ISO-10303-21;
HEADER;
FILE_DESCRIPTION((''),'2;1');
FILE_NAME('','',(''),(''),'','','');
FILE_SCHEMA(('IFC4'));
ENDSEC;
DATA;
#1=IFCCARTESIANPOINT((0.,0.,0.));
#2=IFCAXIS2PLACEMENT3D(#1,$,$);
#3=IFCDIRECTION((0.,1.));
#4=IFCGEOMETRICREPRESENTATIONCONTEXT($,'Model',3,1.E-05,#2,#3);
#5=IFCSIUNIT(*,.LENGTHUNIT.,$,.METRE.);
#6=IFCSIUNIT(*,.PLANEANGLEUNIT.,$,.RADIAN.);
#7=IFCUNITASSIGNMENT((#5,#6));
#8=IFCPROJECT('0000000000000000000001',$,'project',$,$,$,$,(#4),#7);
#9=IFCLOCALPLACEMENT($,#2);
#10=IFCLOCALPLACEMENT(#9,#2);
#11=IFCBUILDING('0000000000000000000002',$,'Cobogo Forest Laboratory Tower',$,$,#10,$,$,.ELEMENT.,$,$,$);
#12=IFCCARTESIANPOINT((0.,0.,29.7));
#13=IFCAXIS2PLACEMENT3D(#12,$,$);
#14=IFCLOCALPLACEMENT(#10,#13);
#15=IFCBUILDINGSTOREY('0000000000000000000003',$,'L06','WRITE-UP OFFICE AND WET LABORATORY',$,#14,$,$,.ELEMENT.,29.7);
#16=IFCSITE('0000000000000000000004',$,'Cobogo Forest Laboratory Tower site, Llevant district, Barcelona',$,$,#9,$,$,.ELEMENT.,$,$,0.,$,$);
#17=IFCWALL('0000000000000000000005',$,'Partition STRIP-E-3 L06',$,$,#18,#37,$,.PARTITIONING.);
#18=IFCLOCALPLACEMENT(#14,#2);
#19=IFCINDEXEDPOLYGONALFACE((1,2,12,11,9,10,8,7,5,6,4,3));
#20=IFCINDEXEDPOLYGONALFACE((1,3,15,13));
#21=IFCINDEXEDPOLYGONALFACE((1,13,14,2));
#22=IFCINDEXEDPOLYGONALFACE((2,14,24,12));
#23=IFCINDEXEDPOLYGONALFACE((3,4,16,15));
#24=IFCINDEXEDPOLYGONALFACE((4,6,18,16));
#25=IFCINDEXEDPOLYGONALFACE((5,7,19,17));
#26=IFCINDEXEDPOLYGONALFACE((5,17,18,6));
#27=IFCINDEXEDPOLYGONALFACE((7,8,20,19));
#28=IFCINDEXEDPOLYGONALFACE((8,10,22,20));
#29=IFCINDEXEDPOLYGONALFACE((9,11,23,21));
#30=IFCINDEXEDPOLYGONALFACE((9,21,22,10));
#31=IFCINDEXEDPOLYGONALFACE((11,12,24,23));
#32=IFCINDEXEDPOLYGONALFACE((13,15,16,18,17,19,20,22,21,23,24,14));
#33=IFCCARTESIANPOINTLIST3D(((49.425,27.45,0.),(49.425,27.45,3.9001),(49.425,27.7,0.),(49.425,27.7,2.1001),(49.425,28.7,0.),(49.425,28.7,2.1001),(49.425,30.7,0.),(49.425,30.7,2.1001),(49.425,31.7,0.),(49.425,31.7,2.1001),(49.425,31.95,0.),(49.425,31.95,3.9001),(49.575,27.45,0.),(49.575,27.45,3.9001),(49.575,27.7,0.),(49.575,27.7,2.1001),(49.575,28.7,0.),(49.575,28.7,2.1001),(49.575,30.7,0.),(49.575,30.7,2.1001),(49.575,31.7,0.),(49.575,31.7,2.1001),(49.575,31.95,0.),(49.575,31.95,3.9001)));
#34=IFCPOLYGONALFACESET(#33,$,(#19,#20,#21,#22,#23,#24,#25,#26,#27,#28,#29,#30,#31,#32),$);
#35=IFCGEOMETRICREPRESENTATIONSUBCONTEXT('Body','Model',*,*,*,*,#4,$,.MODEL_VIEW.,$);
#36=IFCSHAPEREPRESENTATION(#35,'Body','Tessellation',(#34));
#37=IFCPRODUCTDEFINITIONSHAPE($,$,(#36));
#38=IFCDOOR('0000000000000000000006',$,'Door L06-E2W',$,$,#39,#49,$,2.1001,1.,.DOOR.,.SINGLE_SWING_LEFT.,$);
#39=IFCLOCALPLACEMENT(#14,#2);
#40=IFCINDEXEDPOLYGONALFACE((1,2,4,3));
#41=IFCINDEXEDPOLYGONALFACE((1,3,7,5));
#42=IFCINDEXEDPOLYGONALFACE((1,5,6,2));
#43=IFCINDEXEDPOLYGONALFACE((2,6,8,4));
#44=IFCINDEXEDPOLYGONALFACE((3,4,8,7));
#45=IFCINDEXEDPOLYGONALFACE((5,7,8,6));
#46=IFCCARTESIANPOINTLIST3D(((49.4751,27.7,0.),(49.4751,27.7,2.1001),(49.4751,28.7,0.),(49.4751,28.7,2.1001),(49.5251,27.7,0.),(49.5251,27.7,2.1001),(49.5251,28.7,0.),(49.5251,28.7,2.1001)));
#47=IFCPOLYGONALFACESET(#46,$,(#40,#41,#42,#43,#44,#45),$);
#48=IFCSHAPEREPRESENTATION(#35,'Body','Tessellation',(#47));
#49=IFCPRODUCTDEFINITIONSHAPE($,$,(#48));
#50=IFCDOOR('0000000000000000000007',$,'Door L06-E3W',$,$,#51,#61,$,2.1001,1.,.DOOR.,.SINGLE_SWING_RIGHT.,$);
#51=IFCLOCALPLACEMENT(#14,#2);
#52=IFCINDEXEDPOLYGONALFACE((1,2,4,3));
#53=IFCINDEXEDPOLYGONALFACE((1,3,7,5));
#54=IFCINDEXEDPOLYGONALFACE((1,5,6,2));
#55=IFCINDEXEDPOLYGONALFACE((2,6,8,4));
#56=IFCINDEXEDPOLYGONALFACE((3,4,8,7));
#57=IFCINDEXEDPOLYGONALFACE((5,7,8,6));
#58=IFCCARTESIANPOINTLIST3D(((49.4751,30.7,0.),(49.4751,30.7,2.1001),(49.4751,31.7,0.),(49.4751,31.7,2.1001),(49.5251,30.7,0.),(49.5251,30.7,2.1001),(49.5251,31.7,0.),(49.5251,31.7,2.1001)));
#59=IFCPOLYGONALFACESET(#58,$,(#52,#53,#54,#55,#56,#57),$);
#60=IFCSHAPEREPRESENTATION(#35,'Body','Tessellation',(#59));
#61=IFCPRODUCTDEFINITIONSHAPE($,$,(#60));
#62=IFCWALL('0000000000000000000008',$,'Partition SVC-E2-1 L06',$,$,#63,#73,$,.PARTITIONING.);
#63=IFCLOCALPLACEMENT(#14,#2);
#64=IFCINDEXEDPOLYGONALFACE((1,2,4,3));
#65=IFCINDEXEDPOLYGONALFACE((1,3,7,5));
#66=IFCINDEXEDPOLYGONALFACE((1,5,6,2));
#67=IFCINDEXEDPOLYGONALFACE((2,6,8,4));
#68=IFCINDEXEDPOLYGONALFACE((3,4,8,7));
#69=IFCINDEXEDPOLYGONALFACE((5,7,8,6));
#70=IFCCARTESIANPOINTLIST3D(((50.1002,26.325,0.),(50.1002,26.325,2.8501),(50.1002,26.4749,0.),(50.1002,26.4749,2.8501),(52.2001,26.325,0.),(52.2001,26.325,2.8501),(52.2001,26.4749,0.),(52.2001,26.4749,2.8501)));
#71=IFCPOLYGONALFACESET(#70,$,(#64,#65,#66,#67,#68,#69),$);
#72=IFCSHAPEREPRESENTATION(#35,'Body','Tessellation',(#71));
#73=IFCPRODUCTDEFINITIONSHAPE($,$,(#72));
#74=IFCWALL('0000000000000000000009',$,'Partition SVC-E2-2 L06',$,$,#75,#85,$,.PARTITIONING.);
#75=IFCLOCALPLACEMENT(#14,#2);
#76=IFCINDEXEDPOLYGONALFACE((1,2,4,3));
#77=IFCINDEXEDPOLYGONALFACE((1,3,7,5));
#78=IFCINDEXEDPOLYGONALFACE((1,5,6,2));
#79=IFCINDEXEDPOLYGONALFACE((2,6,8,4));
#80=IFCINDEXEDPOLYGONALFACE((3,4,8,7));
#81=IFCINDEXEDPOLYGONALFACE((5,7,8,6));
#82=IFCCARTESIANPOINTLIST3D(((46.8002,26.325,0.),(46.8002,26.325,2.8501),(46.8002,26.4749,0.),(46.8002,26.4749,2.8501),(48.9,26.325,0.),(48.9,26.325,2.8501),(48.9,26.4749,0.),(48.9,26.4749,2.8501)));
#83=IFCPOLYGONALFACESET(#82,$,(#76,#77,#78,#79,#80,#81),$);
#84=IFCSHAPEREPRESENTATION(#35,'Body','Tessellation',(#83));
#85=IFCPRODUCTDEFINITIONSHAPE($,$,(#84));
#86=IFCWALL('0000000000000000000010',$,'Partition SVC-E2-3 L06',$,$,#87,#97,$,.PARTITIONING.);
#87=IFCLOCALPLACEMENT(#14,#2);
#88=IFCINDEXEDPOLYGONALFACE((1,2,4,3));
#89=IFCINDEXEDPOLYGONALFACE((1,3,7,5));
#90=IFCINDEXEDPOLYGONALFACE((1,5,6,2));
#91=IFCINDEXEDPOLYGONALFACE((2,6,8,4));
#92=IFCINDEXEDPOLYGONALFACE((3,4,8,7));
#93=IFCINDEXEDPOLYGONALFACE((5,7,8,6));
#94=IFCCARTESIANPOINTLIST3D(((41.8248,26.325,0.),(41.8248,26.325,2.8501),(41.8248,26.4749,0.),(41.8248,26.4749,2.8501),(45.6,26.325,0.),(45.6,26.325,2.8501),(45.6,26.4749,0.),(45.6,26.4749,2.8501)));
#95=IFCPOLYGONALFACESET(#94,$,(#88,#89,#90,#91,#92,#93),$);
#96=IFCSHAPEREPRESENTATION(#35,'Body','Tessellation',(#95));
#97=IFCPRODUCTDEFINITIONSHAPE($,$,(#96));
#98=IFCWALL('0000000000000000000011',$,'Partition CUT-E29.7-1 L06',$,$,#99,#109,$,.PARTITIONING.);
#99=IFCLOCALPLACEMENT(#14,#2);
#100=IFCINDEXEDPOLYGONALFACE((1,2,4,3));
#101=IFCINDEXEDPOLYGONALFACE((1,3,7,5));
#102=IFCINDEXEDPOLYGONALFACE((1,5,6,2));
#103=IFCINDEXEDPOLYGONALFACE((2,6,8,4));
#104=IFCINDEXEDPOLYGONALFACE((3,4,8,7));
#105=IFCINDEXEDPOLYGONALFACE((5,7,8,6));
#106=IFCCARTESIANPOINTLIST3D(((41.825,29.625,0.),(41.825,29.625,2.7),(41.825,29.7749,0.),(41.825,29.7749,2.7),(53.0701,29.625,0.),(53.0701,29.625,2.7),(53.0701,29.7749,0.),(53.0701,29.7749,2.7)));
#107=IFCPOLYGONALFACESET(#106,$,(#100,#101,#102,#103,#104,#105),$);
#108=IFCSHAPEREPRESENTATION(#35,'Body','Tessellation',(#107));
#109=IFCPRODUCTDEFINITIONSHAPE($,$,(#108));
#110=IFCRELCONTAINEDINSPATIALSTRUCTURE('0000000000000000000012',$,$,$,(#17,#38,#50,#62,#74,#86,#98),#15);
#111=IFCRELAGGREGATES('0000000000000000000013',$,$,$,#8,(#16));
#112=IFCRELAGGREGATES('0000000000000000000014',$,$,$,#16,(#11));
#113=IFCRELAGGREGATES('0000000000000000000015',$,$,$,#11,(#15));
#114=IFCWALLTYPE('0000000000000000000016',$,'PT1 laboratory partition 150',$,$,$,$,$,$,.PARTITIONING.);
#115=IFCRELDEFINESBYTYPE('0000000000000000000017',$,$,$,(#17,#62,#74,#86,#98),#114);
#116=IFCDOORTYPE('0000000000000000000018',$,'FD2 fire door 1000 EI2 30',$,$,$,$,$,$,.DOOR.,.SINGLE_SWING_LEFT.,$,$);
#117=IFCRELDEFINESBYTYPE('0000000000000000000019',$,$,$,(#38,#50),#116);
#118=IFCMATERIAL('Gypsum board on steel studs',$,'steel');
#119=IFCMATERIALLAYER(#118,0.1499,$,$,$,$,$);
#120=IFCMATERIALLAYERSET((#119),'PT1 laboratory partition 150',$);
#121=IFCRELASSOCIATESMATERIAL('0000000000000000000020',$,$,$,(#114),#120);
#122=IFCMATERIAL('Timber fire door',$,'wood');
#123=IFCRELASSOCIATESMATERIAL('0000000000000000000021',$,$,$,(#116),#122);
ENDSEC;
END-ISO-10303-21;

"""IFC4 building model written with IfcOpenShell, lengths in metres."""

from ifc_helpers import new_model, si_unit, direction, frame, frame_2d, origin, place, context, subcontext, project, spatial, rectangle, extrude, material, layer, layer_set, type_object, element, fill, save


model = new_model("IFC4")

# Units and contexts
model_context = context("Model", 3, precision=1e-05, world=origin(), true_north=direction((0.0, 1.0)))
body_context = subcontext(model_context, "Body", "Model", "MODEL_VIEW")
ifc_project = project(units=[si_unit("LENGTHUNIT", "METRE"), si_unit("PLANEANGLEUNIT", "RADIAN")], contexts=[model_context])

# Site, building, storey
site_placement = place(None, origin())
site = spatial("IfcSite", under=ifc_project, at=site_placement, Name="Cobogo Forest Laboratory Tower site, Llevant district, Barcelona", CompositionType="ELEMENT", RefElevation=0.0)
building_placement = place(site_placement, origin())
building = spatial("IfcBuilding", under=site, at=building_placement, Name="Cobogo Forest Laboratory Tower", CompositionType="ELEMENT")
storey_placement = place(building_placement, frame((0.0, 0.0, 29.7)))
storey = spatial("IfcBuildingStorey", under=building, at=storey_placement, Name="L06", Description="WRITE-UP OFFICE AND WET LABORATORY", CompositionType="ELEMENT", Elevation=29.7)

# Wall, openings, doors
ifc_material_1 = material(Name="Gypsum board on steel studs", Category="steel")
ifc_layer_1 = layer(ifc_material_1, 0.1499)
ifc_layer_set_1 = layer_set([ifc_layer_1], Name="PT1 laboratory partition 150")
wall_type = type_object("IfcWallType", Name="PT1 laboratory partition 150", PredefinedType="PARTITIONING", material=ifc_layer_set_1)
wall_1_placement = place(storey_placement, frame((49.5, 27.45, 0.0), z_axis=(0.0, 0.0, 1.0), x_axis=(0.0, 1.0, 0.0)))
wall_1 = element("IfcWall", 1, at=wall_1_placement, inside=storey, type_object=wall_type, Name="Partition STRIP-E-3 L06", PredefinedType="PARTITIONING", context=body_context, shape_type="SweptSolid", body=[
    extrude(rectangle(XDim=4.5, YDim=0.1499, at=frame_2d((2.25, 0.0))), origin(), (0.0, 0.0, 1.0), 3.9001),
])
opening_1_placement = place(wall_1_placement, frame((0.25, 0.0, 0.0)))
opening_1 = element("IfcOpeningElement", 2, at=opening_1_placement, cuts=wall_1, PredefinedType="OPENING", context=body_context, shape_type="SweptSolid", body=[
    extrude(rectangle(XDim=1.0, YDim=2.1001, at=frame_2d((0.5, 1.05))), frame((0.0, 0.085, 0.0), z_axis=(0.0, -1.0, 0.0), x_axis=(1.0, 0.0, 0.0)), (0.0, 0.0, 1.0), 0.1699),
])
opening_2_placement = place(wall_1_placement, frame((3.25, 0.0, 0.0)))
opening_2 = element("IfcOpeningElement", 3, at=opening_2_placement, cuts=wall_1, PredefinedType="OPENING", context=body_context, shape_type="SweptSolid", body=[
    extrude(rectangle(XDim=1.0, YDim=2.1001, at=frame_2d((0.5, 1.05))), frame((0.0, 0.085, 0.0), z_axis=(0.0, -1.0, 0.0), x_axis=(1.0, 0.0, 0.0)), (0.0, 0.0, 1.0), 0.1699),
])
ifc_material_2 = material(Name="Timber fire door", Category="wood")
door_type = type_object("IfcDoorType", Name="FD2 fire door 1000 EI2 30", OperationType="SINGLE_SWING_LEFT", PredefinedType="DOOR", material=ifc_material_2)
door_1_placement = place(opening_1_placement, origin())
door_1 = element("IfcDoor", 4, at=door_1_placement, inside=storey, type_object=door_type, Name="Door L06-E2W", OperationType="SINGLE_SWING_LEFT", OverallHeight=2.1001, OverallWidth=1.0, PredefinedType="DOOR", context=body_context, shape_type="SweptSolid", body=[
    extrude(rectangle(XDim=1.0, YDim=2.1001, at=frame_2d((0.5, 1.05))), frame((0.0, 0.0249, 0.0), z_axis=(0.0, -1.0, 0.0), x_axis=(1.0, 0.0, 0.0)), (0.0, 0.0, 1.0), 0.05),
])
fill(opening_1, door_1)
door_2_placement = place(opening_2_placement, origin())
door_2 = element("IfcDoor", 5, at=door_2_placement, inside=storey, type_object=door_type, Name="Door L06-E3W", OperationType="SINGLE_SWING_RIGHT", OverallHeight=2.1001, OverallWidth=1.0, PredefinedType="DOOR", context=body_context, shape_type="SweptSolid", body=[
    extrude(rectangle(XDim=1.0, YDim=2.1001, at=frame_2d((0.5, 1.05))), frame((0.0, 0.0249, 0.0), z_axis=(0.0, -1.0, 0.0), x_axis=(1.0, 0.0, 0.0)), (0.0, 0.0, 1.0), 0.05),
])
fill(opening_2, door_2)

# Walls
for number, where, z_axis, x_axis, name in (
    (6, (52.2, 26.3999, 0.0), (0.0, 0.0, 1.0), (-1.0, 0.0, 0.0), "Partition SVC-E2-1 L06"),
    (7, (48.8999, 26.3999, 0.0), (0.0, 0.0, 1.0), (-1.0, 0.0, 0.0), "Partition SVC-E2-2 L06"),
):
    element("IfcWall", number, at=place(storey_placement, frame(where, z_axis=z_axis, x_axis=x_axis)), inside=storey, type_object=wall_type, Name=name, PredefinedType="PARTITIONING", context=body_context, shape_type="SweptSolid", body=[
        extrude(rectangle(XDim=2.0999, YDim=0.1499, at=frame_2d((1.0498, 0.0))), origin(), (0.0, 0.0, 1.0), 2.8501),
    ])
wall_2_placement = place(storey_placement, frame((45.6001, 26.3999, 0.0), z_axis=(0.0, 0.0, 1.0), x_axis=(-1.0, 0.0, 0.0)))
element("IfcWall", 8, at=wall_2_placement, inside=storey, type_object=wall_type, Name="Partition SVC-E2-3 L06", PredefinedType="PARTITIONING", context=body_context, shape_type="SweptSolid", body=[
    extrude(rectangle(XDim=3.7751, YDim=0.1499, at=frame_2d((1.8877, 0.0))), origin(), (0.0, 0.0, 1.0), 2.8501),
])
wall_3_placement = place(storey_placement, frame((53.0701, 29.7, 0.0), z_axis=(0.0, 0.0, 1.0), x_axis=(-1.0, 0.0, 0.0)))
element("IfcWall", 9, at=wall_3_placement, inside=storey, type_object=wall_type, Name="Partition CUT-E29.7-1 L06", PredefinedType="PARTITIONING", context=body_context, shape_type="SweptSolid", body=[
    extrude(rectangle(XDim=11.2451, YDim=0.1499, at=frame_2d((5.6226, 0.0))), origin(), (0.0, 0.0, 1.0), 2.7),
])

save(model, "model.ifc")
